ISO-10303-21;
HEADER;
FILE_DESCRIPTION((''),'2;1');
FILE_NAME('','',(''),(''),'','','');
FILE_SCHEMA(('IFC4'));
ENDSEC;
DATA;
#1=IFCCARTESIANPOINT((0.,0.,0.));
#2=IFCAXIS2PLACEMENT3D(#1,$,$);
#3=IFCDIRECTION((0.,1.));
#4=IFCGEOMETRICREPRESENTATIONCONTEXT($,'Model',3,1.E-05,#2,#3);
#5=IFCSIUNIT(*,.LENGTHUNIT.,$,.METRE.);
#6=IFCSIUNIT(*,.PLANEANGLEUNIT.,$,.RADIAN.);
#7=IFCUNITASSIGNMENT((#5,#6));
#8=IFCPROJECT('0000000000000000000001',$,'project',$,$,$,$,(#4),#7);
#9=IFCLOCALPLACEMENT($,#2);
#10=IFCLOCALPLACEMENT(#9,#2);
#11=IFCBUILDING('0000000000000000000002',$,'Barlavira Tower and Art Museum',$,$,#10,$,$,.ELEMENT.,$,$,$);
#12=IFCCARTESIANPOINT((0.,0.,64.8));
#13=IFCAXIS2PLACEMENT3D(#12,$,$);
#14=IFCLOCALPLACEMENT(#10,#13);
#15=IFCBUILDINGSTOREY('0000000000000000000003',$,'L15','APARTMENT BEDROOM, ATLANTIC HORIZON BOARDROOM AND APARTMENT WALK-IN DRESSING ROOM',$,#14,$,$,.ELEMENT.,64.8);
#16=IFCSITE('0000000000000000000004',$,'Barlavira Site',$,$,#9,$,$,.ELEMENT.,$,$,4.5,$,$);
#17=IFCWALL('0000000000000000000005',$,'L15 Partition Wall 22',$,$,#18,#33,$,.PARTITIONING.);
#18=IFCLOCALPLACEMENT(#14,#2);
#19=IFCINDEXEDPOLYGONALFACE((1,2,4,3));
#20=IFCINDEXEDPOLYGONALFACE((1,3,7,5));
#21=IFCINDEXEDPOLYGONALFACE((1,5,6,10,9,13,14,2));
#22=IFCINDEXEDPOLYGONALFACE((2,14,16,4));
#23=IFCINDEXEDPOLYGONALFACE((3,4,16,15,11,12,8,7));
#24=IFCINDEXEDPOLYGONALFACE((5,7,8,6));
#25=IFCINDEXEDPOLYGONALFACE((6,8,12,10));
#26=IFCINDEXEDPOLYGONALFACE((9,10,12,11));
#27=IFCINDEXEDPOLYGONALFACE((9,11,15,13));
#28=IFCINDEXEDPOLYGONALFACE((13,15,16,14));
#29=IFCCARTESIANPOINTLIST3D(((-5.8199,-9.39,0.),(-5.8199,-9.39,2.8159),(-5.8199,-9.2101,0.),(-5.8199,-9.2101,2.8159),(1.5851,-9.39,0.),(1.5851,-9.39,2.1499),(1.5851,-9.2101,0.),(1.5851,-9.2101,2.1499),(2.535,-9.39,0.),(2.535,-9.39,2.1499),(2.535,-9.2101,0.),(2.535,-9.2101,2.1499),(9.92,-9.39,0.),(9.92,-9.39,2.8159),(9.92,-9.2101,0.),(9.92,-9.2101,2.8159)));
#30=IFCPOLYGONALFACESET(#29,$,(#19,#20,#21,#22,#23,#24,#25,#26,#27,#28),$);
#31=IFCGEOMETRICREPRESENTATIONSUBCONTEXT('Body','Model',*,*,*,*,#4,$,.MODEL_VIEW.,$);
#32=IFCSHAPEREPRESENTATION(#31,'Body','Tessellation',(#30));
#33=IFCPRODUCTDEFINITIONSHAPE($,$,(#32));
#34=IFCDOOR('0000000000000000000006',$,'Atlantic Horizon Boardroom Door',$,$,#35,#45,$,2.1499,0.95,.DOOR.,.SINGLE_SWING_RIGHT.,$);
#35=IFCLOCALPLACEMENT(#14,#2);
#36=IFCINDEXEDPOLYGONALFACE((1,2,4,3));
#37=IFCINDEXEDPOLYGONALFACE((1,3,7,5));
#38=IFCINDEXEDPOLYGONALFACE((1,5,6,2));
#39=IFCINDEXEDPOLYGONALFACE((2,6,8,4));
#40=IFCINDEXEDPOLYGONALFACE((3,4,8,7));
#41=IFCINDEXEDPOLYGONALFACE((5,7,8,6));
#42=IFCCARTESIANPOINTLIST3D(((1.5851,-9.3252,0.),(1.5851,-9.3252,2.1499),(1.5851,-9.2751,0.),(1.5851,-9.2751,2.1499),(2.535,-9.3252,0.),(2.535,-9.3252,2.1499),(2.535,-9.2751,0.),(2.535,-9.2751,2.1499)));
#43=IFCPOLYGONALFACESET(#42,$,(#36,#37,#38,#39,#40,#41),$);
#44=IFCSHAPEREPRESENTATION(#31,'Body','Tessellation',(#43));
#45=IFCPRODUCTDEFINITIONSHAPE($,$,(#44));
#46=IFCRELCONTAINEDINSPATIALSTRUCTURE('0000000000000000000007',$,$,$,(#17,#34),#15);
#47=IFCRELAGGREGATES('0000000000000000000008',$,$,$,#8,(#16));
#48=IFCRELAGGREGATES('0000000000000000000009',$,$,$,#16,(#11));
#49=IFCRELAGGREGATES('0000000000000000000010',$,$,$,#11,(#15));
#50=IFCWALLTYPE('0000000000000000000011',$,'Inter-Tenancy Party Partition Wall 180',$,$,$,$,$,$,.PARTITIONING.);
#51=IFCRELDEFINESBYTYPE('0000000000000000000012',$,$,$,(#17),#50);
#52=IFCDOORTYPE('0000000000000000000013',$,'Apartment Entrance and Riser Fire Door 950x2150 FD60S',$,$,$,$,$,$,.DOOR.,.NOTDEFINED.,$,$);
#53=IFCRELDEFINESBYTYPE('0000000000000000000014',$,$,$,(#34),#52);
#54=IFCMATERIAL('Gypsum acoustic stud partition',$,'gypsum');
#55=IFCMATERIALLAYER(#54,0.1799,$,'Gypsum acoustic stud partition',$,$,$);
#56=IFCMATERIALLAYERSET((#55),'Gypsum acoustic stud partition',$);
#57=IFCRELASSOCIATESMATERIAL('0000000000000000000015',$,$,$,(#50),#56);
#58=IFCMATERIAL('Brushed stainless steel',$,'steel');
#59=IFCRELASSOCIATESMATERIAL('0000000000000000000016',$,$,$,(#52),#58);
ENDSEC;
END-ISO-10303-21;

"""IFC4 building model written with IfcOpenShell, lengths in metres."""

from ifc_helpers import new_model, si_unit, direction, frame, frame_2d, origin, place, context, subcontext, project, spatial, rectangle, extrude, material, layer, layer_set, type_object, element, fill, save


model = new_model("IFC4")

# Units and contexts
model_context = context("Model", 3, precision=1e-05, world=origin(), true_north=direction((0.0, 1.0)))
body_context = subcontext(model_context, "Body", "Model", "MODEL_VIEW")
ifc_project = project(units=[si_unit("LENGTHUNIT", "METRE"), si_unit("PLANEANGLEUNIT", "RADIAN")], contexts=[model_context])

# Site, building, storey
site_placement = place(None, origin())
site = spatial("IfcSite", under=ifc_project, at=site_placement, Name="Barlavira Site", CompositionType="ELEMENT", RefElevation=4.5)
building_placement = place(site_placement, origin())
building = spatial("IfcBuilding", under=site, at=building_placement, Name="Barlavira Tower and Art Museum", CompositionType="ELEMENT")
storey_placement = place(building_placement, frame((0.0, 0.0, 64.8)))
storey = spatial("IfcBuildingStorey", under=building, at=storey_placement, Name="L15", Description="APARTMENT BEDROOM, ATLANTIC HORIZON BOARDROOM AND APARTMENT WALK-IN DRESSING ROOM", CompositionType="ELEMENT", Elevation=64.8)

# Shared definitions
ifc_material_1 = material(Name="Gypsum acoustic stud partition", Category="gypsum")
ifc_layer_1 = layer(ifc_material_1, 0.1799, Name="Gypsum acoustic stud partition")
ifc_layer_set_1 = layer_set([ifc_layer_1], Name="Gypsum acoustic stud partition")
wall_type = type_object("IfcWallType", Name="Inter-Tenancy Party Partition Wall 180", PredefinedType="PARTITIONING", material=ifc_layer_set_1)

# Wall, opening, door
wall_1_placement = place(storey_placement, frame((-5.8201, -9.3, 0.0), z_axis=(0.0, 0.0, 1.0), x_axis=(1.0, 0.0, 0.0)))
wall_1 = element("IfcWall", 1, at=wall_1_placement, inside=storey, type_object=wall_type, Name="L15 Partition Wall 22", PredefinedType="PARTITIONING", context=body_context, shape_type="SweptSolid", body=[
    extrude(rectangle(XDim=15.74, YDim=0.1799, at=frame_2d((7.8701, 0.0))), origin(), (0.0, 0.0, 1.0), 2.8159),
])
opening_placement = place(wall_1_placement, frame((7.405, 0.0, 0.0)))
opening = element("IfcOpeningElement", 2, at=opening_placement, cuts=wall_1, PredefinedType="OPENING", context=body_context, shape_type="SweptSolid", body=[
    extrude(rectangle(XDim=0.95, YDim=2.1499, at=frame_2d((0.4751, 1.075))), frame((0.0, 0.1001, 0.0), z_axis=(0.0, -1.0, 0.0), x_axis=(1.0, 0.0, 0.0)), (0.0, 0.0, 1.0), 0.2),
])
ifc_material_2 = material(Name="Brushed stainless steel", Category="steel")
door_type = type_object("IfcDoorType", Name="Apartment Entrance and Riser Fire Door 950x2150 FD60S", OperationType="NOTDEFINED", PredefinedType="DOOR", material=ifc_material_2)
door_placement = place(opening_placement, origin())
door = element("IfcDoor", 3, at=door_placement, inside=storey, type_object=door_type, Name="Atlantic Horizon Boardroom Door", OperationType="SINGLE_SWING_RIGHT", OverallHeight=2.1499, OverallWidth=0.95, PredefinedType="DOOR", context=body_context, shape_type="SweptSolid", body=[
    extrude(rectangle(XDim=0.95, YDim=2.1499, at=frame_2d((0.4751, 1.075))), frame((0.0, 0.0249, 0.0), z_axis=(0.0, -1.0, 0.0), x_axis=(1.0, 0.0, 0.0)), (0.0, 0.0, 1.0), 0.05),
])
fill(opening, door)

save(model, "model.ifc")
